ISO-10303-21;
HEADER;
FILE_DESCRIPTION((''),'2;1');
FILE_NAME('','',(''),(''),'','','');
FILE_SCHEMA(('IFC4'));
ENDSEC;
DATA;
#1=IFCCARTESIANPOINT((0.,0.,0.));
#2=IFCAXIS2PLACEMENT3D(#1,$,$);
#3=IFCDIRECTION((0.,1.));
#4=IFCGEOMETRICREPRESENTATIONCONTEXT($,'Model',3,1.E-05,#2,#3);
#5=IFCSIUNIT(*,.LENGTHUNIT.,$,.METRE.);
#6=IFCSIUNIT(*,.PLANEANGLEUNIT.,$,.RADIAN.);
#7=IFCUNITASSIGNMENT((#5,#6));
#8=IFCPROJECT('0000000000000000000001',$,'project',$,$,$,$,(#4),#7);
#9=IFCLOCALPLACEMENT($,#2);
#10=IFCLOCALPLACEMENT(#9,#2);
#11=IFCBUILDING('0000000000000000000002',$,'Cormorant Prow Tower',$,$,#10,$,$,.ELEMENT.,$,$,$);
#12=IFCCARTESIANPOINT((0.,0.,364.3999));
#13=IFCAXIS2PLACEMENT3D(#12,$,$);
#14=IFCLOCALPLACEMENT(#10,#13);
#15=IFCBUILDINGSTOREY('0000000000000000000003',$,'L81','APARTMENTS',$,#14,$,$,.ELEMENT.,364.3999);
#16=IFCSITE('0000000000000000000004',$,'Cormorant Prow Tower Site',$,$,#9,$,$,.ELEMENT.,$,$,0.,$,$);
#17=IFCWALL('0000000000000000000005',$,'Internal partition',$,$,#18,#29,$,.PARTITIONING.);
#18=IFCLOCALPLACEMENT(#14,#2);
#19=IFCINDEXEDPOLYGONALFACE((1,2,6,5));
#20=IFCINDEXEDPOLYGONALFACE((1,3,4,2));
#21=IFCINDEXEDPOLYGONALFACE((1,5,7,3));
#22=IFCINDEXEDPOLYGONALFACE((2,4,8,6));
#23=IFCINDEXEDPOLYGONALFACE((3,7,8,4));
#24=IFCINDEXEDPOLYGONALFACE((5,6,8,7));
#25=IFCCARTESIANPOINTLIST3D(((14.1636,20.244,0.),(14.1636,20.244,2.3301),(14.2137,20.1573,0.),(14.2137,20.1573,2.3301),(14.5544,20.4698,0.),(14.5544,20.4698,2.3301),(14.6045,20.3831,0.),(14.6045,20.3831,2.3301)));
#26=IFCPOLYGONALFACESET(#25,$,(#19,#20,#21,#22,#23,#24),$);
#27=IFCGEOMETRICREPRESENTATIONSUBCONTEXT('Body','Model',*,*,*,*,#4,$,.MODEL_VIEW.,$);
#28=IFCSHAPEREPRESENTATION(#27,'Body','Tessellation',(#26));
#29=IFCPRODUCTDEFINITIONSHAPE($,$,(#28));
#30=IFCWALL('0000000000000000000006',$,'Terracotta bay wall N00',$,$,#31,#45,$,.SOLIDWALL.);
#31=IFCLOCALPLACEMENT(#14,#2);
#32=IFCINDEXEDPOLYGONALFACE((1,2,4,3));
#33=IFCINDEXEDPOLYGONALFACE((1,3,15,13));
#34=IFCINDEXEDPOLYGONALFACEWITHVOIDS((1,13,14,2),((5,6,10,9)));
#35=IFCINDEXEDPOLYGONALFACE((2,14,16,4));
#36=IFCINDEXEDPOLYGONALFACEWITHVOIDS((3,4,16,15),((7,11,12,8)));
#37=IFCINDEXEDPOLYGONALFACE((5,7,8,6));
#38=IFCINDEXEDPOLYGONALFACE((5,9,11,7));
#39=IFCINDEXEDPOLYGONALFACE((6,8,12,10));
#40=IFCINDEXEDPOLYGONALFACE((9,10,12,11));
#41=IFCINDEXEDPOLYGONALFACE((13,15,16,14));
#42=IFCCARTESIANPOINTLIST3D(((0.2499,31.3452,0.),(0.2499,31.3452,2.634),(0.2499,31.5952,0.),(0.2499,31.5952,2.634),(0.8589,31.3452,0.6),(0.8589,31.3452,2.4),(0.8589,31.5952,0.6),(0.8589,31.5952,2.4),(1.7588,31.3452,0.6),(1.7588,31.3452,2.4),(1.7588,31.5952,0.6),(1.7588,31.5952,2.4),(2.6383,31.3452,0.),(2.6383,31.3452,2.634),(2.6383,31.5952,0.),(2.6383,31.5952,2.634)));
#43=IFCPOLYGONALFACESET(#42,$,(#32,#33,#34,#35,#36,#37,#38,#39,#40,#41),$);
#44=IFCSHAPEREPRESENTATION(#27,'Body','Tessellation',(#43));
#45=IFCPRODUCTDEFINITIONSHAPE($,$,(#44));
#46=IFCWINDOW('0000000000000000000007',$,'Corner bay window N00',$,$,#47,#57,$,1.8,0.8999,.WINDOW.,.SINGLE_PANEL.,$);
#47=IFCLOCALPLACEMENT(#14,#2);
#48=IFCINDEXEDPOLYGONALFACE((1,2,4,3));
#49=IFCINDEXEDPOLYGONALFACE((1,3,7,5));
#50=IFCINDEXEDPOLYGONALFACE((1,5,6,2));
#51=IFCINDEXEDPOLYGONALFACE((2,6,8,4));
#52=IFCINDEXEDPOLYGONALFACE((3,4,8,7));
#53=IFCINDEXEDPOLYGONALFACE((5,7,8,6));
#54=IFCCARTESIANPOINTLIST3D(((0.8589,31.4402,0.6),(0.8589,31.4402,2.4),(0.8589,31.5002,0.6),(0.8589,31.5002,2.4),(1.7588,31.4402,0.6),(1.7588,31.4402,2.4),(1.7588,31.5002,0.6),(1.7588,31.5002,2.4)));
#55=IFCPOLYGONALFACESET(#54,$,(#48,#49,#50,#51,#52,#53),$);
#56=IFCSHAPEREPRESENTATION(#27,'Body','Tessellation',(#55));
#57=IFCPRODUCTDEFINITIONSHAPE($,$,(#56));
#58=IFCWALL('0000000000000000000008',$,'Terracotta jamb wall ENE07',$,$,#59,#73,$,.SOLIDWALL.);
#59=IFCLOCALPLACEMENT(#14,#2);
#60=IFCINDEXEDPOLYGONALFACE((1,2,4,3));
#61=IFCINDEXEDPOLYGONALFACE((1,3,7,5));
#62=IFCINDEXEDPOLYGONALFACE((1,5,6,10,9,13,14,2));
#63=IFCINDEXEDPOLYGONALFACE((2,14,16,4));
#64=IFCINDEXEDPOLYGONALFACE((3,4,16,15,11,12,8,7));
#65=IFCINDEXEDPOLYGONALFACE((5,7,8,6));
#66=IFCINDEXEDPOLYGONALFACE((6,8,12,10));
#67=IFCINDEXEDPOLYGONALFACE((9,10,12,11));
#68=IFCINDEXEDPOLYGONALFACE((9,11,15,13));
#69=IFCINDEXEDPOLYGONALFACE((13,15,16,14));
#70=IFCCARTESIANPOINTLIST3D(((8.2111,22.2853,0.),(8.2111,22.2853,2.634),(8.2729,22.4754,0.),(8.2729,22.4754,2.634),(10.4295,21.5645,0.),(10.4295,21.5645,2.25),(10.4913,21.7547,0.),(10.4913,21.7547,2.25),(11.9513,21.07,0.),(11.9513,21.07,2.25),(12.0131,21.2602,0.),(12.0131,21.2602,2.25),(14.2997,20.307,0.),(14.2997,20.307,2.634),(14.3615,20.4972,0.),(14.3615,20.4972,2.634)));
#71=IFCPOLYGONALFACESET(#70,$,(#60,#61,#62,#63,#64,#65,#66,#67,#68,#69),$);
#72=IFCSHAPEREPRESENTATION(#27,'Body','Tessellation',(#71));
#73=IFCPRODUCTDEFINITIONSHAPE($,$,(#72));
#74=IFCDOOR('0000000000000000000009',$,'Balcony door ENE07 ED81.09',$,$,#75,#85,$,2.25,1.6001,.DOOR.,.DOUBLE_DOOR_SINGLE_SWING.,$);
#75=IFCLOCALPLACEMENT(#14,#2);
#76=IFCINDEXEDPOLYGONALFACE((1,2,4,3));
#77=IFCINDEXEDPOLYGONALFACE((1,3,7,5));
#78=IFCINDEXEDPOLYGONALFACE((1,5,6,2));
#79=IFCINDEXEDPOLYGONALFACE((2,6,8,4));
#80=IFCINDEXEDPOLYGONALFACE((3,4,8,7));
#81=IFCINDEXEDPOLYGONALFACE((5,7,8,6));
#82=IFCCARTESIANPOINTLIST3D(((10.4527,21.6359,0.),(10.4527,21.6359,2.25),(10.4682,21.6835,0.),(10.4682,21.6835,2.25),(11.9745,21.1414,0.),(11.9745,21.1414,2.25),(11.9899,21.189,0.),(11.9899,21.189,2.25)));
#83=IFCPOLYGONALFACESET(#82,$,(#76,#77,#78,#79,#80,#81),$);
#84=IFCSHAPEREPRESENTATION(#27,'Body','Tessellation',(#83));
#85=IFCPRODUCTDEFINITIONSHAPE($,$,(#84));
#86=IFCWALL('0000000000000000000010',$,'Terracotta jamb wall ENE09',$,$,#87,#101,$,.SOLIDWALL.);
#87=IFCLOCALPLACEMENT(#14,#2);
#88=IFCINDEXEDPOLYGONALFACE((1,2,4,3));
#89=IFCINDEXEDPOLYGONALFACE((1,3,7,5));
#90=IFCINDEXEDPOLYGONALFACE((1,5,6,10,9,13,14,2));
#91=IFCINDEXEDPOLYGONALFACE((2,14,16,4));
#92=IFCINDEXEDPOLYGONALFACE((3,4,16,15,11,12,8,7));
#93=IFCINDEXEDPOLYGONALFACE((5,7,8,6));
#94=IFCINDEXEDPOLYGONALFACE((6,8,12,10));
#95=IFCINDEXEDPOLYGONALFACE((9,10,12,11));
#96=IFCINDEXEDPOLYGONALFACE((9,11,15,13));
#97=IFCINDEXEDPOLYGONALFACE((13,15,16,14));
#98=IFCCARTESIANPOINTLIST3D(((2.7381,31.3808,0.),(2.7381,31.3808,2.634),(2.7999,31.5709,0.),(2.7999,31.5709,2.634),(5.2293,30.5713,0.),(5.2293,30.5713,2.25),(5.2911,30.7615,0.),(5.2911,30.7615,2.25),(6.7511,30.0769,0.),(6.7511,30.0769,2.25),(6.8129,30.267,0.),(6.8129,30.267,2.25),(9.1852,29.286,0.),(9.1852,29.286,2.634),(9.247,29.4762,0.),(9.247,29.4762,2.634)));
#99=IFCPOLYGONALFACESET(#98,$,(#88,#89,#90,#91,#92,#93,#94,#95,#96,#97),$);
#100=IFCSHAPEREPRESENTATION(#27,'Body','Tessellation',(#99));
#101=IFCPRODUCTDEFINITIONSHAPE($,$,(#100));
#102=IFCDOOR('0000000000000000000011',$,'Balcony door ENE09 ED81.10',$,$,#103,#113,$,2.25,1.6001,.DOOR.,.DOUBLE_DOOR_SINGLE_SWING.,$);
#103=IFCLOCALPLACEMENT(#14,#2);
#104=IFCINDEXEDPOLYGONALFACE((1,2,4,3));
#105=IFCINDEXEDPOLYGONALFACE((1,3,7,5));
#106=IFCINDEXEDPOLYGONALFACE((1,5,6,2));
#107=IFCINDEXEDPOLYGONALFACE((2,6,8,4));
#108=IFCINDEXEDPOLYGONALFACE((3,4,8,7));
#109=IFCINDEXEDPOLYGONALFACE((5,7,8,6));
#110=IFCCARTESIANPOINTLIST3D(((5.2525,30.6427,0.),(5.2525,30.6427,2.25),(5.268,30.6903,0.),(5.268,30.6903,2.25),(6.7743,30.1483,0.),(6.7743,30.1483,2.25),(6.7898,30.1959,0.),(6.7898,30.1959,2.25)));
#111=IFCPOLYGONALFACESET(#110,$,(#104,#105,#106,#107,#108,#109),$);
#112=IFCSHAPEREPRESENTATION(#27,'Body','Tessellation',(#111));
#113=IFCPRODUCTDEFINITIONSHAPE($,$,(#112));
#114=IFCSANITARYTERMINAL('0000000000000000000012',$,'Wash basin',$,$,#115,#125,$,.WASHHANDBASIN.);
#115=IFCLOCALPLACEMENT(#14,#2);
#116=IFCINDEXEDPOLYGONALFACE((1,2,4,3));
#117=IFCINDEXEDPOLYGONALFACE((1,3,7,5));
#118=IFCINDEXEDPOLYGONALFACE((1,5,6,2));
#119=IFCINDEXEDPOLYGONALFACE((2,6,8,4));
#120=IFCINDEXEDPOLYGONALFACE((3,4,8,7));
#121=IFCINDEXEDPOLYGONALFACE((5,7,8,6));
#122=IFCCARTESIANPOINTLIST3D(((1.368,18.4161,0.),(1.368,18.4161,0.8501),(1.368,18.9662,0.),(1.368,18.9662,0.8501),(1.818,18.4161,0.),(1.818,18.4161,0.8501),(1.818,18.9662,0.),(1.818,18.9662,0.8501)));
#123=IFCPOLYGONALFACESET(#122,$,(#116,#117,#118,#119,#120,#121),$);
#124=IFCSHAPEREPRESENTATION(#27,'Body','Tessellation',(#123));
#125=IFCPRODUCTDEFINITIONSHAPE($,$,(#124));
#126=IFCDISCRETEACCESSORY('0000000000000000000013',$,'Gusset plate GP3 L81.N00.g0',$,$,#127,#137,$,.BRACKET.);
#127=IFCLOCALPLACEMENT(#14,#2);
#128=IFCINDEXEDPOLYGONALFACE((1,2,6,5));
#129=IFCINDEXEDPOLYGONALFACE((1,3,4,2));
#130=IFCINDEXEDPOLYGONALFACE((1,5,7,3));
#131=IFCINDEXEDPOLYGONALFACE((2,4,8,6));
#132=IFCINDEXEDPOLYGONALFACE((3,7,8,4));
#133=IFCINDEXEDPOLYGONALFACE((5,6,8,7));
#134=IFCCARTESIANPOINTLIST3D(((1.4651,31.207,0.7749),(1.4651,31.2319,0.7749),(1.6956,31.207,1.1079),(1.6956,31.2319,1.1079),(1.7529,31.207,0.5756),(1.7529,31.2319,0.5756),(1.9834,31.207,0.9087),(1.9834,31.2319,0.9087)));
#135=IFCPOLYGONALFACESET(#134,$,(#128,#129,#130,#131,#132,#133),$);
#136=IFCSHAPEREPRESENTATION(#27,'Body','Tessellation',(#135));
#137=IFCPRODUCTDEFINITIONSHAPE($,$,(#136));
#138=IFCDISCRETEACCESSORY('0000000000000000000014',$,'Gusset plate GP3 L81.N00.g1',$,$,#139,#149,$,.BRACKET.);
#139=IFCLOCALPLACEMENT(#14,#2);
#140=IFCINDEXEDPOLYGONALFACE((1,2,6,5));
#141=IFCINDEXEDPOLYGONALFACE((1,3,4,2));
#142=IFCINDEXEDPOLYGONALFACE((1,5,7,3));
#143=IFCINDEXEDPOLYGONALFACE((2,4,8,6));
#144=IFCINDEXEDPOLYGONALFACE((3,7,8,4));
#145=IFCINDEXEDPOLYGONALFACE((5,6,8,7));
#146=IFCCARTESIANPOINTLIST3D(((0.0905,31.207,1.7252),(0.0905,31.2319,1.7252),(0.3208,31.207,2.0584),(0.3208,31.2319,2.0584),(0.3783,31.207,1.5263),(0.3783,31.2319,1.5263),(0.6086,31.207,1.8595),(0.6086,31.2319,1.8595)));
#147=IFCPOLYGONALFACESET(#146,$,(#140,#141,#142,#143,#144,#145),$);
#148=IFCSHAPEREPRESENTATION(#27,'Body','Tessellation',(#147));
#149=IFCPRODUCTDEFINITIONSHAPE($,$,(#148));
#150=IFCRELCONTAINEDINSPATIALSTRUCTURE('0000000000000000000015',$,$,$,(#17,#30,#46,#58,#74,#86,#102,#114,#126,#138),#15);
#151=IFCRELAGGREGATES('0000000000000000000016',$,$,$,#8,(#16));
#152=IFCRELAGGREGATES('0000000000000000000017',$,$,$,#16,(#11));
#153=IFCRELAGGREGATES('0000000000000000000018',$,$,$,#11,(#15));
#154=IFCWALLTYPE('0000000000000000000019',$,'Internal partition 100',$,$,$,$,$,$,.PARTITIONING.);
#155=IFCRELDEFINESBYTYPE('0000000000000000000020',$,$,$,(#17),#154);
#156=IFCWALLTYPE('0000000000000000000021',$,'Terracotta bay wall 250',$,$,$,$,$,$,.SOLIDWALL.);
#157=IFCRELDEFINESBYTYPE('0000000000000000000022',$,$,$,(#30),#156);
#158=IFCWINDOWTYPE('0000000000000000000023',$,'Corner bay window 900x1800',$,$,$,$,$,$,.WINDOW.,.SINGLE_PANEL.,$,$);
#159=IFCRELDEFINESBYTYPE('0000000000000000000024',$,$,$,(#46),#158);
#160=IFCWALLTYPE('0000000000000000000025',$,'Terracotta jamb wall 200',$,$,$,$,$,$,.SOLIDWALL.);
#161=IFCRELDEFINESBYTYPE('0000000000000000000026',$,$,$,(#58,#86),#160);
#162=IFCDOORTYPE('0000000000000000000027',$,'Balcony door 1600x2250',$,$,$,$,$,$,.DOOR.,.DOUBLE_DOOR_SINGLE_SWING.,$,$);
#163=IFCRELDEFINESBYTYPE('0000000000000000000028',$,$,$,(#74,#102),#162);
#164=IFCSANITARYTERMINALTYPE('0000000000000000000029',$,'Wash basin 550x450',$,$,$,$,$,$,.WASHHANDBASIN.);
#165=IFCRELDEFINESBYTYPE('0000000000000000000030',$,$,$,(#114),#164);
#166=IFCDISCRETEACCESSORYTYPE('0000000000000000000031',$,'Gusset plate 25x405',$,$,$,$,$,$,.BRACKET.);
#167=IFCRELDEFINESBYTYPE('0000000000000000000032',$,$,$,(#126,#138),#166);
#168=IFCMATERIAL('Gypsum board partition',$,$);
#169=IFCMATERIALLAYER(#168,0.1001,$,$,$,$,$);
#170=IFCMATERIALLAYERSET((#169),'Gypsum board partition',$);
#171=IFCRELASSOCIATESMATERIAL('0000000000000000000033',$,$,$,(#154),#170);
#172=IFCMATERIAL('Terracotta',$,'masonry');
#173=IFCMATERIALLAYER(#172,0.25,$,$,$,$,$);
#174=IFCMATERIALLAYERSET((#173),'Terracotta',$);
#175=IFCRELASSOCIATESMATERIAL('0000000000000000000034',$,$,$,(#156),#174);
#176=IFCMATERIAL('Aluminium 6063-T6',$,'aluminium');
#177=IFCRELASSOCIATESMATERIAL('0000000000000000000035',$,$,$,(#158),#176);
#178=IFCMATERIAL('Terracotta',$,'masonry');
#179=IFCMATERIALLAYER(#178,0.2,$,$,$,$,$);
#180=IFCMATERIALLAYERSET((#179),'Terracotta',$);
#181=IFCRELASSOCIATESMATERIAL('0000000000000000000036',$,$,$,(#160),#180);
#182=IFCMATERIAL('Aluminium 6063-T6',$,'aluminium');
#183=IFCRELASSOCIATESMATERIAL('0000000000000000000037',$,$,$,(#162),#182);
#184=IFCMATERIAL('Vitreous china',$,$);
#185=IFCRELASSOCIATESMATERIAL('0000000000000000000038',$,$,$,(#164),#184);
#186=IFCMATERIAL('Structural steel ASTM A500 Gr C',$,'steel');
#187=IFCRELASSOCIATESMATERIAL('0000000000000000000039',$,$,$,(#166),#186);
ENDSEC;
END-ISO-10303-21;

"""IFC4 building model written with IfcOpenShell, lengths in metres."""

from ifc_helpers import new_model, si_unit, direction, frame, frame_2d, origin, origin_2d, place, context, subcontext, project, spatial, rectangle, extrude, material, layer, layer_set, material_profile, profile_set, type_object, element, fill, save


model = new_model("IFC4")

# Units and contexts
model_context = context("Model", 3, precision=1e-05, world=origin(), true_north=direction((0.0, 1.0)))
body_context = subcontext(model_context, "Body", "Model", "MODEL_VIEW")
ifc_project = project(units=[si_unit("LENGTHUNIT", "METRE"), si_unit("PLANEANGLEUNIT", "RADIAN")], contexts=[model_context])

# Site, building, storey
site_placement = place(None, origin())
site = spatial("IfcSite", under=ifc_project, at=site_placement, Name="Cormorant Prow Tower Site", CompositionType="ELEMENT", RefElevation=0.0)
building_placement = place(site_placement, origin())
building = spatial("IfcBuilding", under=site, at=building_placement, Name="Cormorant Prow Tower", CompositionType="ELEMENT")
storey_placement = place(building_placement, frame((0.0, 0.0, 364.3999)))
storey = spatial("IfcBuildingStorey", under=building, at=storey_placement, Name="L81", Description="APARTMENTS", CompositionType="ELEMENT", Elevation=364.3999)

# Shared definitions
ifc_material_1 = material(Name="Gypsum board partition")
ifc_layer_1 = layer(ifc_material_1, 0.1001)
ifc_layer_set_1 = layer_set([ifc_layer_1], Name="Gypsum board partition")
wall_type_1 = type_object("IfcWallType", Name="Internal partition 100", PredefinedType="PARTITIONING", material=ifc_layer_set_1)

# Wall
wall_1_placement = place(storey_placement, frame((14.1887, 20.2007, 0.0), z_axis=(0.0, 0.0, 1.0), x_axis=(0.86587, 0.500269, 0.0)))
element("IfcWall", 1, at=wall_1_placement, inside=storey, type_object=wall_type_1, Name="Internal partition", PredefinedType="PARTITIONING", context=body_context, shape_type="SweptSolid", body=[
    extrude(rectangle(XDim=0.4514, YDim=0.1001, at=frame_2d((0.2256, 0.0))), origin(), (0.0, 0.0, 1.0), 2.3301),
])

# Wall, opening, window
ifc_material_2 = material(Name="Terracotta", Category="masonry")
ifc_layer_2 = layer(ifc_material_2, 0.25)
ifc_layer_set_2 = layer_set([ifc_layer_2], Name="Terracotta")
wall_type_2 = type_object("IfcWallType", Name="Terracotta bay wall 250", PredefinedType="SOLIDWALL", material=ifc_layer_set_2)
wall_2_placement = place(storey_placement, frame((2.6384, 31.4702, 0.0), z_axis=(0.0, 0.0, 1.0), x_axis=(-1.0, 0.0, 0.0)))
wall_2 = element("IfcWall", 2, at=wall_2_placement, inside=storey, type_object=wall_type_2, Name="Terracotta bay wall N00", PredefinedType="SOLIDWALL", context=body_context, shape_type="SweptSolid", body=[
    extrude(rectangle(XDim=2.3884, YDim=0.25, at=frame_2d((1.1943, 0.0))), origin(), (0.0, 0.0, 1.0), 2.634),
])
opening_1_placement = place(wall_2_placement, frame((0.8796, 0.0, 0.6001)))
opening_1 = element("IfcOpeningElement", 3, at=opening_1_placement, cuts=wall_2, PredefinedType="OPENING", context=body_context, shape_type="SweptSolid", body=[
    extrude(rectangle(XDim=0.8999, YDim=1.8, at=frame_2d((0.45, 0.8999))), frame((0.0, 0.135, 0.0), z_axis=(0.0, -1.0, 0.0), x_axis=(1.0, 0.0, 0.0)), (0.0, 0.0, 1.0), 0.27),
])
ifc_material_3 = material(Name="Aluminium 6063-T6", Category="aluminium")
window_type = type_object("IfcWindowType", Name="Corner bay window 900x1800", PartitioningType="SINGLE_PANEL", PredefinedType="WINDOW", material=ifc_material_3)
window_placement = place(opening_1_placement, origin())
window = element("IfcWindow", 4, at=window_placement, inside=storey, type_object=window_type, Name="Corner bay window N00", OverallHeight=1.8, OverallWidth=0.8999, PartitioningType="SINGLE_PANEL", PredefinedType="WINDOW", context=body_context, shape_type="SweptSolid", body=[
    extrude(rectangle(XDim=0.8999, YDim=1.8, at=frame_2d((0.45, 0.8999))), frame((0.0, 0.03, 0.0), z_axis=(0.0, -1.0, 0.0), x_axis=(1.0, 0.0, 0.0)), (0.0, 0.0, 1.0), 0.0601),
])
fill(opening_1, window)

# Walls, openings, doors
ifc_material_4 = material(Name="Terracotta", Category="masonry")
ifc_layer_3 = layer(ifc_material_4, 0.2)
ifc_layer_set_3 = layer_set([ifc_layer_3], Name="Terracotta")
wall_type_3 = type_object("IfcWallType", Name="Terracotta jamb wall 200", PredefinedType="SOLIDWALL", material=ifc_layer_set_3)
wall_3_placement = place(storey_placement, frame((14.3306, 20.4021, 0.0), z_axis=(0.0, 0.0, 1.0), x_axis=(-0.951058, 0.309011, 0.0)))
wall_3 = element("IfcWall", 5, at=wall_3_placement, inside=storey, type_object=wall_type_3, Name="Terracotta jamb wall ENE07", PredefinedType="SOLIDWALL", context=body_context, shape_type="SweptSolid", body=[
    extrude(rectangle(XDim=6.4019, YDim=0.2, at=frame_2d((3.2009, 0.0))), origin(), (0.0, 0.0, 1.0), 2.634),
])
opening_2_placement = place(wall_3_placement, frame((2.4692, 0.0, 0.0)))
opening_2 = element("IfcOpeningElement", 6, at=opening_2_placement, cuts=wall_3, PredefinedType="OPENING", context=body_context, shape_type="SweptSolid", body=[
    extrude(rectangle(XDim=1.6001, YDim=2.25, at=frame_2d((0.8, 1.125))), frame((0.0, 0.1099, 0.0), z_axis=(0.0, -1.0, 0.0), x_axis=(1.0, 0.0, 0.0)), (0.0, 0.0, 1.0), 0.22),
])
ifc_material_5 = material(Name="Aluminium 6063-T6", Category="aluminium")
door_type_1 = type_object("IfcDoorType", Name="Balcony door 1600x2250", OperationType="DOUBLE_DOOR_SINGLE_SWING", PredefinedType="DOOR", material=ifc_material_5)
door_1_placement = place(opening_2_placement, origin())
door_1 = element("IfcDoor", 7, at=door_1_placement, inside=storey, type_object=door_type_1, Name="Balcony door ENE07 ED81.09", OperationType="DOUBLE_DOOR_SINGLE_SWING", OverallHeight=2.25, OverallWidth=1.6001, PredefinedType="DOOR", context=body_context, shape_type="SweptSolid", body=[
    extrude(rectangle(XDim=1.6001, YDim=2.25, at=frame_2d((0.8, 1.125))), frame((0.0, 0.0249, 0.0), z_axis=(0.0, -1.0, 0.0), x_axis=(1.0, 0.0, 0.0)), (0.0, 0.0, 1.0), 0.05),
])
fill(opening_2, door_1)
wall_4_placement = place(storey_placement, frame((9.2161, 29.3811, 0.0), z_axis=(0.0, 0.0, 1.0), x_axis=(-0.951058, 0.309012, 0.0)))
wall_4 = element("IfcWall", 8, at=wall_4_placement, inside=storey, type_object=wall_type_3, Name="Terracotta jamb wall ENE09", PredefinedType="SOLIDWALL", context=body_context, shape_type="SweptSolid", body=[
    extrude(rectangle(XDim=6.7788, YDim=0.2, at=frame_2d((3.3894, 0.0))), origin(), (0.0, 0.0, 1.0), 2.634),
])
opening_3_placement = place(wall_4_placement, frame((2.5593, 0.0, 0.0)))
opening_3 = element("IfcOpeningElement", 9, at=opening_3_placement, cuts=wall_4, PredefinedType="OPENING", context=body_context, shape_type="SweptSolid", body=[
    extrude(rectangle(XDim=1.6001, YDim=2.25, at=frame_2d((0.8, 1.125))), frame((0.0, 0.1099, 0.0), z_axis=(0.0, -1.0, 0.0), x_axis=(1.0, 0.0, 0.0)), (0.0, 0.0, 1.0), 0.22),
])
door_2_placement = place(opening_3_placement, origin())
door_2 = element("IfcDoor", 10, at=door_2_placement, inside=storey, type_object=door_type_1, Name="Balcony door ENE09 ED81.10", OperationType="DOUBLE_DOOR_SINGLE_SWING", OverallHeight=2.25, OverallWidth=1.6001, PredefinedType="DOOR", context=body_context, shape_type="SweptSolid", body=[
    extrude(rectangle(XDim=1.6001, YDim=2.25, at=frame_2d((0.8, 1.125))), frame((0.0, 0.0249, 0.0), z_axis=(0.0, -1.0, 0.0), x_axis=(1.0, 0.0, 0.0)), (0.0, 0.0, 1.0), 0.05),
])
fill(opening_3, door_2)

# Sanitary terminal
ifc_material_6 = material(Name="Vitreous china")
sanitary_terminal_type = type_object("IfcSanitaryTerminalType", Name="Wash basin 550x450", PredefinedType="WASHHANDBASIN", material=ifc_material_6)
sanitary_terminal_placement = place(storey_placement, frame((1.593, 18.6912, 0.0), z_axis=(0.0, 0.0, 1.0), x_axis=(0.0, -1.0, 0.0)))
element("IfcSanitaryTerminal", 11, at=sanitary_terminal_placement, inside=storey, type_object=sanitary_terminal_type, Name="Wash basin", PredefinedType="WASHHANDBASIN", context=body_context, shape_type="SweptSolid", body=[
    extrude(rectangle(XDim=0.55, YDim=0.45, at=origin_2d()), origin(), (0.0, 0.0, 1.0), 0.8501),
])

# Discrete accessories
ifc_material_7 = material(Name="Structural steel ASTM A500 Gr C", Category="steel")
ifc_material_profile_1 = material_profile(ifc_material_7, rectangle(XDim=0.0249, YDim=0.405, at=origin_2d()), Name="Gusset plate 25x405")
ifc_profile_set_1 = profile_set([ifc_material_profile_1], Name="Structural steel ASTM A500 Gr C")
discrete_accessory_type = type_object("IfcDiscreteAccessoryType", Name="Gusset plate 25x405", PredefinedType="BRACKET", material=ifc_profile_set_1)
discrete_accessory_1_placement = place(storey_placement, frame((1.5803, 31.2195, 0.9414), z_axis=(0.822268, 0.0, -0.569101), x_axis=(0.0, 1.0, 0.0)))
element("IfcDiscreteAccessory", 12, at=discrete_accessory_1_placement, inside=storey, type_object=discrete_accessory_type, Name="Gusset plate GP3 L81.N00.g0", PredefinedType="BRACKET", context=body_context, shape_type="SweptSolid", body=[
    extrude(rectangle(XDim=0.0249, YDim=0.405, at=origin_2d()), origin(), (0.0, 0.0, 1.0), 0.3501),
])
discrete_accessory_2_placement = place(storey_placement, frame((0.4934, 31.2195, 1.6929), z_axis=(-0.822594, 0.0, 0.568629), x_axis=(0.0, -1.0, 0.0)))
element("IfcDiscreteAccessory", 13, at=discrete_accessory_2_placement, inside=storey, type_object=discrete_accessory_type, Name="Gusset plate GP3 L81.N00.g1", PredefinedType="BRACKET", context=body_context, shape_type="SweptSolid", body=[
    extrude(rectangle(XDim=0.0249, YDim=0.405, at=origin_2d()), origin(), (0.0, 0.0, 1.0), 0.3499),
])

save(model, "model.ifc")
